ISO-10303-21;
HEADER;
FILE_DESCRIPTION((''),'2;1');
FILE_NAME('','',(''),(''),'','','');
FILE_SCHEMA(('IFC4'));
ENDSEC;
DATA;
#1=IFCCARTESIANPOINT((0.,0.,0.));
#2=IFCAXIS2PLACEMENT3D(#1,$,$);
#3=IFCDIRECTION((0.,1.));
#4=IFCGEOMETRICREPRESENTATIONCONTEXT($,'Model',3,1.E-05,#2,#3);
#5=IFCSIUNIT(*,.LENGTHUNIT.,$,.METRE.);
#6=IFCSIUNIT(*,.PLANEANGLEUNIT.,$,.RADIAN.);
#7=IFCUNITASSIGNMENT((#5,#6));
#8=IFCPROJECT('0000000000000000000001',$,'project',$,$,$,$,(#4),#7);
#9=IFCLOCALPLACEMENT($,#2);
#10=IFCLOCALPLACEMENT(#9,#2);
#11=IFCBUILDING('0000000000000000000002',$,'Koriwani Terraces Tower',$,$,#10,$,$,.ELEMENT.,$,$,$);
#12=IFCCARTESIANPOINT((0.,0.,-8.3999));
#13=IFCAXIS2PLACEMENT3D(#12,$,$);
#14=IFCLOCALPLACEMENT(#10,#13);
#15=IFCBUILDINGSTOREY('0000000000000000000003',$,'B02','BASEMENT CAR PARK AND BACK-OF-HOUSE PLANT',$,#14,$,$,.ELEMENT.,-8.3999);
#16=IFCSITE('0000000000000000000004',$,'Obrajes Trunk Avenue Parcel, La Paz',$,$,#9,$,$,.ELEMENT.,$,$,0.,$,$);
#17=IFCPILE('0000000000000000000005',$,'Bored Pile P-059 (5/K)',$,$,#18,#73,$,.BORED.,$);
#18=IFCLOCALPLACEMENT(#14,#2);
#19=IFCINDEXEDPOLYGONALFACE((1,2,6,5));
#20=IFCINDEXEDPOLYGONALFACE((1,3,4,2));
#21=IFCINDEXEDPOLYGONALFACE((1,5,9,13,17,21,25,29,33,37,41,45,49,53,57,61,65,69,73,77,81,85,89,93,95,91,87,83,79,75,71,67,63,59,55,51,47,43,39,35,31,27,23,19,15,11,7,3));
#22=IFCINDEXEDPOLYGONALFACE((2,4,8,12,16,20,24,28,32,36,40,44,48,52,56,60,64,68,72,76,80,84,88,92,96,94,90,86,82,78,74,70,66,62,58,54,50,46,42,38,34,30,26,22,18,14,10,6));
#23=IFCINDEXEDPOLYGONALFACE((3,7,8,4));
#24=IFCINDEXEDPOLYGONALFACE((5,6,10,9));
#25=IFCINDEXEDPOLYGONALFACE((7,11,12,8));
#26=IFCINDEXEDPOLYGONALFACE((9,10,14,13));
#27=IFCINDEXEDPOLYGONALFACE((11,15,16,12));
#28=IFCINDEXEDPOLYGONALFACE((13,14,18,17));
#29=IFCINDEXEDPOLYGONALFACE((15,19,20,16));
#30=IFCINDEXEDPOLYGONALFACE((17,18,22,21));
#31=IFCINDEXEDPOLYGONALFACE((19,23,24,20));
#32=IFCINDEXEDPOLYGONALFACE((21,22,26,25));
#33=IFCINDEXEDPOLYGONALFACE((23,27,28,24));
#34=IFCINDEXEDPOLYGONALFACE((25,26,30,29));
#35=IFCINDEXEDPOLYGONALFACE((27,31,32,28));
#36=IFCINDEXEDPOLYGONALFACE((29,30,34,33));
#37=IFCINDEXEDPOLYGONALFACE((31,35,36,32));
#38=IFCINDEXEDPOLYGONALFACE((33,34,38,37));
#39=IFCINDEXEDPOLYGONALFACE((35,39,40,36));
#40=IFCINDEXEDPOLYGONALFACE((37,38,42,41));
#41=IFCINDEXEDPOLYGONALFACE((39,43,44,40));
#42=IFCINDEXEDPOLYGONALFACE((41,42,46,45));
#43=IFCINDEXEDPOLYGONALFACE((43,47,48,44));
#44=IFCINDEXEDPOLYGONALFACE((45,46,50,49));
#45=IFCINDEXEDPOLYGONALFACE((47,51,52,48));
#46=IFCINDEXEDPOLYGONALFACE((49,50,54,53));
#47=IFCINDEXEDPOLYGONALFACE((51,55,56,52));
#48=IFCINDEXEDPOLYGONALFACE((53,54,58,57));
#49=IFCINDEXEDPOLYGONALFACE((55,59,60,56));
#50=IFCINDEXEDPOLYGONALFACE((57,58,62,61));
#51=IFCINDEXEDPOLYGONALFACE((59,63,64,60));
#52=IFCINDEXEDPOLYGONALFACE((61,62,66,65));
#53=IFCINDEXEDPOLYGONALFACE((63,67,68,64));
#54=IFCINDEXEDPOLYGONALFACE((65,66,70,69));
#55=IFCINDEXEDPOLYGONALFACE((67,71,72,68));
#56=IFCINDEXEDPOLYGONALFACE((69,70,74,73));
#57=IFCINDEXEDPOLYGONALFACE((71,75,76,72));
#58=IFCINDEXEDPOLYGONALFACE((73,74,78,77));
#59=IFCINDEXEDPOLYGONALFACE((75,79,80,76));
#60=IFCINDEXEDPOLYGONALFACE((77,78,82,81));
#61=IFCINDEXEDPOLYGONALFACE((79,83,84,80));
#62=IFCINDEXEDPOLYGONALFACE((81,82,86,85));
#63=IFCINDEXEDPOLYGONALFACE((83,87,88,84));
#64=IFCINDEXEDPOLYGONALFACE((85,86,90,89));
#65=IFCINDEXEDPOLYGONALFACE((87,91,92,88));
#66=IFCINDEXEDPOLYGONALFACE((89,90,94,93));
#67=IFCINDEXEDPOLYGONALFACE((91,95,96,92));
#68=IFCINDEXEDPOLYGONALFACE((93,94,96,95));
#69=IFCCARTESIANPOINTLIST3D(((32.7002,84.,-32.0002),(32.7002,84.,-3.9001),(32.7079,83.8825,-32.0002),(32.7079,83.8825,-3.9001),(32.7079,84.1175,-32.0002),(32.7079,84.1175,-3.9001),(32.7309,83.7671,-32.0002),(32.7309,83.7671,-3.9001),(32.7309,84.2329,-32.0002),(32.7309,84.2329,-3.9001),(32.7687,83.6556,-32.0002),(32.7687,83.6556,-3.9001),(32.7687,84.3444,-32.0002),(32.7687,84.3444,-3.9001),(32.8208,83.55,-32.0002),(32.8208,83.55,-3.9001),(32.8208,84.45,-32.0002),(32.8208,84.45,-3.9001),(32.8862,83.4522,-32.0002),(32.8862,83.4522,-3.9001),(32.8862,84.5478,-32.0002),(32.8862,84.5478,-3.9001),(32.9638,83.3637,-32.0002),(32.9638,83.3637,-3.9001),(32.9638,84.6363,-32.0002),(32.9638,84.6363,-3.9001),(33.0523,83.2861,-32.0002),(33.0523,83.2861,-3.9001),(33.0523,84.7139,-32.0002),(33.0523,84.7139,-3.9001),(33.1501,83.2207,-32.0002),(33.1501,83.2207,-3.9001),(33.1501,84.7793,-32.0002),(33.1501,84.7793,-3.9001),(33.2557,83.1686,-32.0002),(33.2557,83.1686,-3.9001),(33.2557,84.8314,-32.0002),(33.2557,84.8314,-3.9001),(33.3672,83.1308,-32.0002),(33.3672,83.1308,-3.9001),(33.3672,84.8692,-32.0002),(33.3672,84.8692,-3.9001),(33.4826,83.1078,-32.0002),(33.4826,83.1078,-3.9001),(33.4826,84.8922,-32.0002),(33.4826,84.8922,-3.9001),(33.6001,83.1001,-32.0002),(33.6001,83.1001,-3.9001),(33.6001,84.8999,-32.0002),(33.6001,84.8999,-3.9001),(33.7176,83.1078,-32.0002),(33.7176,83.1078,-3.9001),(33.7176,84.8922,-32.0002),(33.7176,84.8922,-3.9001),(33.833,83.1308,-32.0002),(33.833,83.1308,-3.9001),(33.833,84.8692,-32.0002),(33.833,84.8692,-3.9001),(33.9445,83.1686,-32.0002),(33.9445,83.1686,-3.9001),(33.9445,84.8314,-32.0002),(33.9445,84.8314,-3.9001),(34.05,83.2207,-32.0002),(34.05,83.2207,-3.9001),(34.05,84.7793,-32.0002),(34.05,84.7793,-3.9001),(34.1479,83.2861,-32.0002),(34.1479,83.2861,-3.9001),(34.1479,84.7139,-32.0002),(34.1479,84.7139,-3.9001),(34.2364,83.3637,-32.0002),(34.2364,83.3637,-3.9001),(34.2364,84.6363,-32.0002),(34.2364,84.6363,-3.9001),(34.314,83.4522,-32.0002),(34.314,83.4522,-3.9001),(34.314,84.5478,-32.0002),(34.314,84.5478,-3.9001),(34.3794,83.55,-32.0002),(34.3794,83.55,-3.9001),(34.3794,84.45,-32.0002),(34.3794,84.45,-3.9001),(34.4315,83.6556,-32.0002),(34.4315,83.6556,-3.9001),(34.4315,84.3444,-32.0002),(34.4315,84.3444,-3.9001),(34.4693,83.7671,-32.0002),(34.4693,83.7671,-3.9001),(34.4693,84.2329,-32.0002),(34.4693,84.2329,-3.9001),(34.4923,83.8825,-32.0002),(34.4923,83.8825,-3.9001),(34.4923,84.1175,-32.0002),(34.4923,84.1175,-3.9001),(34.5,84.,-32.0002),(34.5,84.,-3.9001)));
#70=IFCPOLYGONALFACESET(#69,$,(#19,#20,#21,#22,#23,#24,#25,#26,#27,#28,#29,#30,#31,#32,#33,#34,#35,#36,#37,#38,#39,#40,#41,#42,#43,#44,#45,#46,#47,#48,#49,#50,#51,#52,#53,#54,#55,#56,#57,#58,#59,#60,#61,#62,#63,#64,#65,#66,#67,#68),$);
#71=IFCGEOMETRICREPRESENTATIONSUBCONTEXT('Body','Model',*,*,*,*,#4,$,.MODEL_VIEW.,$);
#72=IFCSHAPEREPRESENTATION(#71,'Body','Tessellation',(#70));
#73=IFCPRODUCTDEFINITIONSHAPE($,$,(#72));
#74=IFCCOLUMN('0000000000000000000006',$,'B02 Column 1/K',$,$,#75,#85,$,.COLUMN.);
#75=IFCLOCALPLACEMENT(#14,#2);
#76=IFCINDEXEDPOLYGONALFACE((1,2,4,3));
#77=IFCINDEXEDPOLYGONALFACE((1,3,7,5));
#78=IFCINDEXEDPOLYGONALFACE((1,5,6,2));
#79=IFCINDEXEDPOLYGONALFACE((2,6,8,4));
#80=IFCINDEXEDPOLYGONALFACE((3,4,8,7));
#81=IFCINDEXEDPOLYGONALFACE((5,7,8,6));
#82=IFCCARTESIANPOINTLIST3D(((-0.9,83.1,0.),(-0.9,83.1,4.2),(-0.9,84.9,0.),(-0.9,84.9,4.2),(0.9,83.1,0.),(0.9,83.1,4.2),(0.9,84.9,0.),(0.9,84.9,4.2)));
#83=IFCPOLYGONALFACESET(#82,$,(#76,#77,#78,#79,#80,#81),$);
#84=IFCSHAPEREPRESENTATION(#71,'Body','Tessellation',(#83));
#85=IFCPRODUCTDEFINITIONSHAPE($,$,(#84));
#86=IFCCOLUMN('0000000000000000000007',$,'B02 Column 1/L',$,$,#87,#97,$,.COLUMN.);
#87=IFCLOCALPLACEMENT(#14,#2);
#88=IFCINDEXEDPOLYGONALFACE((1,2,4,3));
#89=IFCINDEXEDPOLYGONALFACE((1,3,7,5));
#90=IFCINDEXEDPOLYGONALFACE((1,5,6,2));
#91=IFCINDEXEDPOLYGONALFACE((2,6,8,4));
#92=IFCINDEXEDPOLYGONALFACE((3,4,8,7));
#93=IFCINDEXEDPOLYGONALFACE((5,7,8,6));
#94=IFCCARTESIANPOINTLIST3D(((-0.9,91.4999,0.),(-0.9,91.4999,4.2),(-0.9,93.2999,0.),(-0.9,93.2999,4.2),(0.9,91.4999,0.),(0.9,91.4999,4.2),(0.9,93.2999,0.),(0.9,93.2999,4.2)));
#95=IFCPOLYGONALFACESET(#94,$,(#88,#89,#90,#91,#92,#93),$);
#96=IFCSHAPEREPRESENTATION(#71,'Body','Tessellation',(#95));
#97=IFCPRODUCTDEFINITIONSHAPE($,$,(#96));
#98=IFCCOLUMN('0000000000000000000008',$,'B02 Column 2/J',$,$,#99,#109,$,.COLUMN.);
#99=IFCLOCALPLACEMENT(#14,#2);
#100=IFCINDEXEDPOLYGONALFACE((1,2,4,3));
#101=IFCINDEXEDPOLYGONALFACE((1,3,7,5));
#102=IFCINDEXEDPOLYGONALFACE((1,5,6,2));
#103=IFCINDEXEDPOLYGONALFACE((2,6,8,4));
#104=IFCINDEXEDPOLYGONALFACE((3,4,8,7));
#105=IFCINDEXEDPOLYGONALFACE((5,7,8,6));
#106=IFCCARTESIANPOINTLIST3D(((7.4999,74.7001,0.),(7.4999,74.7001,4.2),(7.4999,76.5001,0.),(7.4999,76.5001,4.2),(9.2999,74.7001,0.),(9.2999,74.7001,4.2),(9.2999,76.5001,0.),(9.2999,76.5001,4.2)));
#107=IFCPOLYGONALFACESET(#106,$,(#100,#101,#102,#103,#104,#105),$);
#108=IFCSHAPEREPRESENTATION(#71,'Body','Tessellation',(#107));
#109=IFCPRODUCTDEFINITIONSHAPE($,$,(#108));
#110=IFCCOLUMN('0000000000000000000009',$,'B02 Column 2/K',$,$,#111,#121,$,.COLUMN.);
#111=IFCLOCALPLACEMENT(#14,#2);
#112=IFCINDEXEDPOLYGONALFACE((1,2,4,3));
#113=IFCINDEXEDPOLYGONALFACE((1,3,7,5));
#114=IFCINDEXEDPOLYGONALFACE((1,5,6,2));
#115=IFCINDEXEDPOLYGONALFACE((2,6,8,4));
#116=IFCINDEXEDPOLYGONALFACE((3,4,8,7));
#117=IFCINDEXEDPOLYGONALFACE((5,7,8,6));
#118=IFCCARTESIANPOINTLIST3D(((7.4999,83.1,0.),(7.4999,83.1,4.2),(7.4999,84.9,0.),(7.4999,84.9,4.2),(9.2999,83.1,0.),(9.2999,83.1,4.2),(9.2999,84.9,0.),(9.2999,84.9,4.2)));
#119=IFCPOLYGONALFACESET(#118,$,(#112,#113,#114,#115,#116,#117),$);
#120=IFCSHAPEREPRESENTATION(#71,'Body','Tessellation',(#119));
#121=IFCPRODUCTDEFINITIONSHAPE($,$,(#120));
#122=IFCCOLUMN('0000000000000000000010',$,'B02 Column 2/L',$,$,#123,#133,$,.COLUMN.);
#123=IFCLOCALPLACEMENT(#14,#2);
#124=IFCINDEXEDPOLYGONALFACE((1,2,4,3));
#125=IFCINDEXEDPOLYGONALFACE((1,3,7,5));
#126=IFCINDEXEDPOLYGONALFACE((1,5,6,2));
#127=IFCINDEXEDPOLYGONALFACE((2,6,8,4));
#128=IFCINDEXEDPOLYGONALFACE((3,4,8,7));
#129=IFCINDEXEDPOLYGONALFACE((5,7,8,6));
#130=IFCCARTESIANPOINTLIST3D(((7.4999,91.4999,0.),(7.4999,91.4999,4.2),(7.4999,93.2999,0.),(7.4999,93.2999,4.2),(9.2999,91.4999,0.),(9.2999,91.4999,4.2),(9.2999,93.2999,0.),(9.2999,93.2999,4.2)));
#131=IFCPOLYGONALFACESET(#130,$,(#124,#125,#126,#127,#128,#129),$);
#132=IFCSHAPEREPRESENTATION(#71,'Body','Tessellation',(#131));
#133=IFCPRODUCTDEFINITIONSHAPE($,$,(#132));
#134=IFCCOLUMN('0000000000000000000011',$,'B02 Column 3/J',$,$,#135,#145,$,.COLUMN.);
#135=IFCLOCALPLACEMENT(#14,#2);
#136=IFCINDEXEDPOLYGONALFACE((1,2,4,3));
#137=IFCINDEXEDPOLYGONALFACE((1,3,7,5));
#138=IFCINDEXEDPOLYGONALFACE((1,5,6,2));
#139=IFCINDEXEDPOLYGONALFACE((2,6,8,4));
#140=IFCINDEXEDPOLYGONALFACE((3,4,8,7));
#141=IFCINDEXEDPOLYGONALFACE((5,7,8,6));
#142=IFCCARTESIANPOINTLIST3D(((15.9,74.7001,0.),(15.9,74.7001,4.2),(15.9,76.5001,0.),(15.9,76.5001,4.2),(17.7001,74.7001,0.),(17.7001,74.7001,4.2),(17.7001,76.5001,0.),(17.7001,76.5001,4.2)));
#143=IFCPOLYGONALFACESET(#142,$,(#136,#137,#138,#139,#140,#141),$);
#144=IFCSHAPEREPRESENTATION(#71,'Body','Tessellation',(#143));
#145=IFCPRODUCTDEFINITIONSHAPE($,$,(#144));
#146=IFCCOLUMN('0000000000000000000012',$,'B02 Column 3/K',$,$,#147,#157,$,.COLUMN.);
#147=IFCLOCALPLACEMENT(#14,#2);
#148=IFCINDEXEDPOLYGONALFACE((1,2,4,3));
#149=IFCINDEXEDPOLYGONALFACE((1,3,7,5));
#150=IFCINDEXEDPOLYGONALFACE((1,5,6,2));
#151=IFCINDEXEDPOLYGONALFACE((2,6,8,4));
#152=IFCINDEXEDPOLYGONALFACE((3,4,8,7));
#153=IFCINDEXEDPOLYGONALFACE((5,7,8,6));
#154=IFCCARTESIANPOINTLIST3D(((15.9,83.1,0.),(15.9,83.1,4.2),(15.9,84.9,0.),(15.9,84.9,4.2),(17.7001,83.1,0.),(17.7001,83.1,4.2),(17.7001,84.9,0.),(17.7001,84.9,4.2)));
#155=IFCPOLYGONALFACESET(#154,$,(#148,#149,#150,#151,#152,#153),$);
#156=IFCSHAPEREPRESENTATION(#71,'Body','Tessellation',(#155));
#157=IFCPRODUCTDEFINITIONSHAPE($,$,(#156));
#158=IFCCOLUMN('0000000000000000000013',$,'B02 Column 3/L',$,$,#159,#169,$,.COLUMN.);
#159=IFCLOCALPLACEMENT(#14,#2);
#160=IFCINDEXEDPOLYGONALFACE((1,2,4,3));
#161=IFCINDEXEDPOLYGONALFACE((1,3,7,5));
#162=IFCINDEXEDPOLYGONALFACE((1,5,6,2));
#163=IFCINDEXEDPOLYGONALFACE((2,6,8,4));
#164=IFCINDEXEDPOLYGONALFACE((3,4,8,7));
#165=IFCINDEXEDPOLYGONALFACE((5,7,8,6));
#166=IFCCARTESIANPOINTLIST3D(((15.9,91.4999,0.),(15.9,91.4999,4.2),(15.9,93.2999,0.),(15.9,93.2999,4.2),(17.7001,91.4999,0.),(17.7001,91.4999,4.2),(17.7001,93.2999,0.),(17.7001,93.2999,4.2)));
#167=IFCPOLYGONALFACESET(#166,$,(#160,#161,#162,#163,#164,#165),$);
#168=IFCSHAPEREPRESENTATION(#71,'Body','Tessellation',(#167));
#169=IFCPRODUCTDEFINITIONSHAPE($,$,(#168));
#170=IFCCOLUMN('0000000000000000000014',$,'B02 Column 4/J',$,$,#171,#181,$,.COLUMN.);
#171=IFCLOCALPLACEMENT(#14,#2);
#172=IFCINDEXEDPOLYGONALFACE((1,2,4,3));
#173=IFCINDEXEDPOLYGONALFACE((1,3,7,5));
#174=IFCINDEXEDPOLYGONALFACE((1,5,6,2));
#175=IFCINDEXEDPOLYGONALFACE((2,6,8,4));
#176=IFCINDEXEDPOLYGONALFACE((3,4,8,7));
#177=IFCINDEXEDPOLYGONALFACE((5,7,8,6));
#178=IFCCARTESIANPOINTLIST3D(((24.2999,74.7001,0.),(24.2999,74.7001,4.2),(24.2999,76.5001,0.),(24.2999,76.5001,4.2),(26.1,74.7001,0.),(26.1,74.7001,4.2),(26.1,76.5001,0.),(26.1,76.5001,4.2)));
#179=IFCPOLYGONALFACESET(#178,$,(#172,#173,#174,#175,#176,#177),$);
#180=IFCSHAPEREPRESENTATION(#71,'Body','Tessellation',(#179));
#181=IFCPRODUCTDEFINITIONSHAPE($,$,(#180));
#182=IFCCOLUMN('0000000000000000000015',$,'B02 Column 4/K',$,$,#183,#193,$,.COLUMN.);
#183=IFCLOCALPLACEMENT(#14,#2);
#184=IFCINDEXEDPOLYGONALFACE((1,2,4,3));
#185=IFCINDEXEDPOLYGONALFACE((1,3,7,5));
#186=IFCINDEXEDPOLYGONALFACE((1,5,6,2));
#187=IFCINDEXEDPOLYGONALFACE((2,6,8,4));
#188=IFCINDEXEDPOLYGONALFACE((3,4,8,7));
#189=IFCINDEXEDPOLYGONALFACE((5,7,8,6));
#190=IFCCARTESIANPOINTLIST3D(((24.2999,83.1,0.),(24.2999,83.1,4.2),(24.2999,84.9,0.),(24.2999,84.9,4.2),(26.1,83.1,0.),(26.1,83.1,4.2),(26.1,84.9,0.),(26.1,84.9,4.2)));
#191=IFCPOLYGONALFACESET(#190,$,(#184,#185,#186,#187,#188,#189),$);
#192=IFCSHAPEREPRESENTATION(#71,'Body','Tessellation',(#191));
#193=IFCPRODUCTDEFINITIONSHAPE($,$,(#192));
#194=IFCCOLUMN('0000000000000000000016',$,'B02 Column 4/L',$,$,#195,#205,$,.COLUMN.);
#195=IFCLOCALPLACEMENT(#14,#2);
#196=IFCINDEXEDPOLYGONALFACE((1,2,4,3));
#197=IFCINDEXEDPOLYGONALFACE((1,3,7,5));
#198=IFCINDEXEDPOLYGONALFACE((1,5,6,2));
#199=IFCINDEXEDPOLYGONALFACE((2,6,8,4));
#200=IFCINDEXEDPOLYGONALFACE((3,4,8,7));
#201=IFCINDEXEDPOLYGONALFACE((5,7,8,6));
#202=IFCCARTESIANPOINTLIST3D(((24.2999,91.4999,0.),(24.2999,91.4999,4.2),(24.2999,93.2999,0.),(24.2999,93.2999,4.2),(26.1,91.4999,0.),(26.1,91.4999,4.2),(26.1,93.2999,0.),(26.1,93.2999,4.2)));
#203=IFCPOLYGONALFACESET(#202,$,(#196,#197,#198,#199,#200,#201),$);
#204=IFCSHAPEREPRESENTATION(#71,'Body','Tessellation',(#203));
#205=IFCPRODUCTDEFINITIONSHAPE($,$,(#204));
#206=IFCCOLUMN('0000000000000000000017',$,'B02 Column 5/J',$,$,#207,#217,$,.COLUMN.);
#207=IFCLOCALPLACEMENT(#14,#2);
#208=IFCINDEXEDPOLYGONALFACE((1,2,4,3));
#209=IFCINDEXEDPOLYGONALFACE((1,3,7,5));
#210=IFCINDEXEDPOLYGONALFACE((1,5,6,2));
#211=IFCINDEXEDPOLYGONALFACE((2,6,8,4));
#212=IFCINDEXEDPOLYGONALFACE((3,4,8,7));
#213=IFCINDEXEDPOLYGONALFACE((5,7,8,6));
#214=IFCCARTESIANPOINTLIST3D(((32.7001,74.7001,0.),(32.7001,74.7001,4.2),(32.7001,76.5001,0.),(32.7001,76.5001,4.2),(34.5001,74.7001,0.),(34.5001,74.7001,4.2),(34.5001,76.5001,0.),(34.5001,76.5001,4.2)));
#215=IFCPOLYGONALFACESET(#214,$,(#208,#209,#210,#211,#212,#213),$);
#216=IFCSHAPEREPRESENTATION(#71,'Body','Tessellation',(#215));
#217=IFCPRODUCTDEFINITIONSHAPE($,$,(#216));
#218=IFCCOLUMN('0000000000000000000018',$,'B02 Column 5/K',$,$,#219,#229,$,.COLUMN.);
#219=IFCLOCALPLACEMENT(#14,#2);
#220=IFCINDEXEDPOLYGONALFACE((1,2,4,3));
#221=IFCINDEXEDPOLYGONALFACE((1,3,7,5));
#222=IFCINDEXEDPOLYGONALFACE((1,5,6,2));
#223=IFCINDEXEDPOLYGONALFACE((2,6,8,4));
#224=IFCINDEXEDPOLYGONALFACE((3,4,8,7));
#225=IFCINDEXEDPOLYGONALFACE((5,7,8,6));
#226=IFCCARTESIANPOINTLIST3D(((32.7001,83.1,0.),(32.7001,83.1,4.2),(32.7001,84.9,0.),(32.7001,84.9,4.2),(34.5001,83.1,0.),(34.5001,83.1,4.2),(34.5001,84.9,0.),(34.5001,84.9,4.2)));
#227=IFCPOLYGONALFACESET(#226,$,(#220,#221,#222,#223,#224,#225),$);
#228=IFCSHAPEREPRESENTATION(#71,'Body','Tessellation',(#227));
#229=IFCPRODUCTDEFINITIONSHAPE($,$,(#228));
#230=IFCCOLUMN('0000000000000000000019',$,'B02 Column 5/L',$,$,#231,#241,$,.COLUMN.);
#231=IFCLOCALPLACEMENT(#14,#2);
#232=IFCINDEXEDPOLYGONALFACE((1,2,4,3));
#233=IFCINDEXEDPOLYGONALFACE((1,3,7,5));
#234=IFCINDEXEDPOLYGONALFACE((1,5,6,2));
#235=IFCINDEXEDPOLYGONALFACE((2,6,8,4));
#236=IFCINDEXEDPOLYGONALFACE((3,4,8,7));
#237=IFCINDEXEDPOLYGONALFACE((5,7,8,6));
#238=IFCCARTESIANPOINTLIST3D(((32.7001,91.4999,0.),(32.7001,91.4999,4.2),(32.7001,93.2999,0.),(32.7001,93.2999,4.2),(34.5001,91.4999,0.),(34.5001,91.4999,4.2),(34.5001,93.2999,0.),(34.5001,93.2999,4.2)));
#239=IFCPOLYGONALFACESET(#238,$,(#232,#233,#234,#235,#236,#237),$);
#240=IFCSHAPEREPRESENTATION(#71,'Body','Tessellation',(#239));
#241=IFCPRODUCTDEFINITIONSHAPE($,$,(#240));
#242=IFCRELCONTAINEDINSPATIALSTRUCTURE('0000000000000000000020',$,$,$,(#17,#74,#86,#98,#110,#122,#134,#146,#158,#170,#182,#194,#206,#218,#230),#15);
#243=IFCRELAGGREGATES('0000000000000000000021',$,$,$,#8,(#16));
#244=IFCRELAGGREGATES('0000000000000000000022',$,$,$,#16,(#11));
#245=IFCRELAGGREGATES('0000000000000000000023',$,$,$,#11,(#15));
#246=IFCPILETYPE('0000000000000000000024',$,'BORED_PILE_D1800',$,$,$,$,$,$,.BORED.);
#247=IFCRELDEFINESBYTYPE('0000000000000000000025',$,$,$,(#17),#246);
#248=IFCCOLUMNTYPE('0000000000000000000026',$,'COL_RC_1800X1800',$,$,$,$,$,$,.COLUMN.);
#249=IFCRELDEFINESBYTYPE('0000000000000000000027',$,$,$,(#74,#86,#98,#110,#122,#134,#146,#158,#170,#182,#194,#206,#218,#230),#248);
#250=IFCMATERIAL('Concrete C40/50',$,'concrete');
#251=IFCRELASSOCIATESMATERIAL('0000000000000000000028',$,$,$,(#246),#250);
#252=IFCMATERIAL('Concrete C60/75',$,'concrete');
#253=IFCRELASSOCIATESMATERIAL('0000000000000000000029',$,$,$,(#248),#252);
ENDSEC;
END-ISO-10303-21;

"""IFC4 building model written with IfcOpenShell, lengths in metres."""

from ifc_helpers import new_model, si_unit, direction, frame, origin, origin_2d, place, context, subcontext, project, spatial, rectangle, circle, extrude, material, material_profile, profile_set, type_object, element, save


model = new_model("IFC4")

# Units and contexts
model_context = context("Model", 3, precision=1e-05, world=origin(), true_north=direction((0.0, 1.0)))
body_context = subcontext(model_context, "Body", "Model", "MODEL_VIEW")
ifc_project = project(units=[si_unit("LENGTHUNIT", "METRE"), si_unit("PLANEANGLEUNIT", "RADIAN")], contexts=[model_context])

# Site, building, storey
site_placement = place(None, origin())
site = spatial("IfcSite", under=ifc_project, at=site_placement, Name="Obrajes Trunk Avenue Parcel, La Paz", CompositionType="ELEMENT", RefElevation=0.0)
building_placement = place(site_placement, origin())
building = spatial("IfcBuilding", under=site, at=building_placement, Name="Koriwani Terraces Tower", CompositionType="ELEMENT")
storey_placement = place(building_placement, frame((0.0, 0.0, -8.3999)))
storey = spatial("IfcBuildingStorey", under=building, at=storey_placement, Name="B02", Description="BASEMENT CAR PARK AND BACK-OF-HOUSE PLANT", CompositionType="ELEMENT", Elevation=-8.3999)

# Pile
ifc_material_1 = material(Name="Concrete C40/50", Category="concrete")
ifc_material_profile_1 = material_profile(ifc_material_1, circle(Radius=0.8999, at=origin_2d()), Name="Concrete C40/50")
ifc_profile_set_1 = profile_set([ifc_material_profile_1], Name="Concrete C40/50")
pile_type_1 = type_object("IfcPileType", Name="BORED_PILE_D1800", PredefinedType="BORED", material=ifc_profile_set_1)
for number, where, z_axis, x_axis, name in (
    (1, (33.6001, 84.0, -3.9001), (0.0, 0.0, -1.0), (1.0, 0.0, 0.0), "Bored Pile P-059 (5/K)"),
):
    element("IfcPile", number, at=place(storey_placement, frame(where, z_axis=z_axis, x_axis=x_axis)), inside=storey, type_object=pile_type_1, Name=name, PredefinedType="BORED", context=body_context, shape_type="SweptSolid", body=[
        extrude(circle(Radius=0.8999, at=origin_2d()), origin(), (0.0, 0.0, 1.0), 28.1001),
    ])

# Columns
ifc_material_2 = material(Name="Concrete C60/75", Category="concrete")
ifc_material_profile_2 = material_profile(ifc_material_2, rectangle(XDim=1.8, YDim=1.8, at=origin_2d()), Name="Concrete C60/75", Category="LoadBearing")
ifc_profile_set_2 = profile_set([ifc_material_profile_2], Name="Concrete C60/75")
column_type = type_object("IfcColumnType", Name="COL_RC_1800X1800", PredefinedType="COLUMN", material=ifc_profile_set_2)
for number, where, z_axis, x_axis, name in (
    (2, (0.0, 84.0, 0.0), (0.0, 0.0, 1.0), (1.0, 0.0, 0.0), "B02 Column 1/K"),
    (3, (0.0, 92.3999, 0.0), (0.0, 0.0, 1.0), (1.0, 0.0, 0.0), "B02 Column 1/L"),
    (4, (8.3999, 75.6001, 0.0), (0.0, 0.0, 1.0), (1.0, 0.0, 0.0), "B02 Column 2/J"),
    (5, (8.3999, 84.0, 0.0), (0.0, 0.0, 1.0), (1.0, 0.0, 0.0), "B02 Column 2/K"),
    (6, (8.3999, 92.3999, 0.0), (0.0, 0.0, 1.0), (1.0, 0.0, 0.0), "B02 Column 2/L"),
    (7, (16.8, 75.6001, 0.0), (0.0, 0.0, 1.0), (1.0, 0.0, 0.0), "B02 Column 3/J"),
    (8, (16.8, 84.0, 0.0), (0.0, 0.0, 1.0), (1.0, 0.0, 0.0), "B02 Column 3/K"),
    (9, (16.8, 92.3999, 0.0), (0.0, 0.0, 1.0), (1.0, 0.0, 0.0), "B02 Column 3/L"),
    (10, (25.2, 75.6001, 0.0), (0.0, 0.0, 1.0), (1.0, 0.0, 0.0), "B02 Column 4/J"),
    (11, (25.2, 84.0, 0.0), (0.0, 0.0, 1.0), (1.0, 0.0, 0.0), "B02 Column 4/K"),
    (12, (25.2, 92.3999, 0.0), (0.0, 0.0, 1.0), (1.0, 0.0, 0.0), "B02 Column 4/L"),
    (13, (33.6001, 75.6001, 0.0), (0.0, 0.0, 1.0), (1.0, 0.0, 0.0), "B02 Column 5/J"),
    (14, (33.6001, 84.0, 0.0), (0.0, 0.0, 1.0), (1.0, 0.0, 0.0), "B02 Column 5/K"),
    (15, (33.6001, 92.3999, 0.0), (0.0, 0.0, 1.0), (1.0, 0.0, 0.0), "B02 Column 5/L"),
):
    element("IfcColumn", number, at=place(storey_placement, frame(where, z_axis=z_axis, x_axis=x_axis)), inside=storey, type_object=column_type, Name=name, PredefinedType="COLUMN", context=body_context, shape_type="SweptSolid", body=[
        extrude(rectangle(XDim=1.8, YDim=1.8, at=origin_2d()), origin(), (0.0, 0.0, 1.0), 4.2),
    ])

save(model, "model.ifc")
